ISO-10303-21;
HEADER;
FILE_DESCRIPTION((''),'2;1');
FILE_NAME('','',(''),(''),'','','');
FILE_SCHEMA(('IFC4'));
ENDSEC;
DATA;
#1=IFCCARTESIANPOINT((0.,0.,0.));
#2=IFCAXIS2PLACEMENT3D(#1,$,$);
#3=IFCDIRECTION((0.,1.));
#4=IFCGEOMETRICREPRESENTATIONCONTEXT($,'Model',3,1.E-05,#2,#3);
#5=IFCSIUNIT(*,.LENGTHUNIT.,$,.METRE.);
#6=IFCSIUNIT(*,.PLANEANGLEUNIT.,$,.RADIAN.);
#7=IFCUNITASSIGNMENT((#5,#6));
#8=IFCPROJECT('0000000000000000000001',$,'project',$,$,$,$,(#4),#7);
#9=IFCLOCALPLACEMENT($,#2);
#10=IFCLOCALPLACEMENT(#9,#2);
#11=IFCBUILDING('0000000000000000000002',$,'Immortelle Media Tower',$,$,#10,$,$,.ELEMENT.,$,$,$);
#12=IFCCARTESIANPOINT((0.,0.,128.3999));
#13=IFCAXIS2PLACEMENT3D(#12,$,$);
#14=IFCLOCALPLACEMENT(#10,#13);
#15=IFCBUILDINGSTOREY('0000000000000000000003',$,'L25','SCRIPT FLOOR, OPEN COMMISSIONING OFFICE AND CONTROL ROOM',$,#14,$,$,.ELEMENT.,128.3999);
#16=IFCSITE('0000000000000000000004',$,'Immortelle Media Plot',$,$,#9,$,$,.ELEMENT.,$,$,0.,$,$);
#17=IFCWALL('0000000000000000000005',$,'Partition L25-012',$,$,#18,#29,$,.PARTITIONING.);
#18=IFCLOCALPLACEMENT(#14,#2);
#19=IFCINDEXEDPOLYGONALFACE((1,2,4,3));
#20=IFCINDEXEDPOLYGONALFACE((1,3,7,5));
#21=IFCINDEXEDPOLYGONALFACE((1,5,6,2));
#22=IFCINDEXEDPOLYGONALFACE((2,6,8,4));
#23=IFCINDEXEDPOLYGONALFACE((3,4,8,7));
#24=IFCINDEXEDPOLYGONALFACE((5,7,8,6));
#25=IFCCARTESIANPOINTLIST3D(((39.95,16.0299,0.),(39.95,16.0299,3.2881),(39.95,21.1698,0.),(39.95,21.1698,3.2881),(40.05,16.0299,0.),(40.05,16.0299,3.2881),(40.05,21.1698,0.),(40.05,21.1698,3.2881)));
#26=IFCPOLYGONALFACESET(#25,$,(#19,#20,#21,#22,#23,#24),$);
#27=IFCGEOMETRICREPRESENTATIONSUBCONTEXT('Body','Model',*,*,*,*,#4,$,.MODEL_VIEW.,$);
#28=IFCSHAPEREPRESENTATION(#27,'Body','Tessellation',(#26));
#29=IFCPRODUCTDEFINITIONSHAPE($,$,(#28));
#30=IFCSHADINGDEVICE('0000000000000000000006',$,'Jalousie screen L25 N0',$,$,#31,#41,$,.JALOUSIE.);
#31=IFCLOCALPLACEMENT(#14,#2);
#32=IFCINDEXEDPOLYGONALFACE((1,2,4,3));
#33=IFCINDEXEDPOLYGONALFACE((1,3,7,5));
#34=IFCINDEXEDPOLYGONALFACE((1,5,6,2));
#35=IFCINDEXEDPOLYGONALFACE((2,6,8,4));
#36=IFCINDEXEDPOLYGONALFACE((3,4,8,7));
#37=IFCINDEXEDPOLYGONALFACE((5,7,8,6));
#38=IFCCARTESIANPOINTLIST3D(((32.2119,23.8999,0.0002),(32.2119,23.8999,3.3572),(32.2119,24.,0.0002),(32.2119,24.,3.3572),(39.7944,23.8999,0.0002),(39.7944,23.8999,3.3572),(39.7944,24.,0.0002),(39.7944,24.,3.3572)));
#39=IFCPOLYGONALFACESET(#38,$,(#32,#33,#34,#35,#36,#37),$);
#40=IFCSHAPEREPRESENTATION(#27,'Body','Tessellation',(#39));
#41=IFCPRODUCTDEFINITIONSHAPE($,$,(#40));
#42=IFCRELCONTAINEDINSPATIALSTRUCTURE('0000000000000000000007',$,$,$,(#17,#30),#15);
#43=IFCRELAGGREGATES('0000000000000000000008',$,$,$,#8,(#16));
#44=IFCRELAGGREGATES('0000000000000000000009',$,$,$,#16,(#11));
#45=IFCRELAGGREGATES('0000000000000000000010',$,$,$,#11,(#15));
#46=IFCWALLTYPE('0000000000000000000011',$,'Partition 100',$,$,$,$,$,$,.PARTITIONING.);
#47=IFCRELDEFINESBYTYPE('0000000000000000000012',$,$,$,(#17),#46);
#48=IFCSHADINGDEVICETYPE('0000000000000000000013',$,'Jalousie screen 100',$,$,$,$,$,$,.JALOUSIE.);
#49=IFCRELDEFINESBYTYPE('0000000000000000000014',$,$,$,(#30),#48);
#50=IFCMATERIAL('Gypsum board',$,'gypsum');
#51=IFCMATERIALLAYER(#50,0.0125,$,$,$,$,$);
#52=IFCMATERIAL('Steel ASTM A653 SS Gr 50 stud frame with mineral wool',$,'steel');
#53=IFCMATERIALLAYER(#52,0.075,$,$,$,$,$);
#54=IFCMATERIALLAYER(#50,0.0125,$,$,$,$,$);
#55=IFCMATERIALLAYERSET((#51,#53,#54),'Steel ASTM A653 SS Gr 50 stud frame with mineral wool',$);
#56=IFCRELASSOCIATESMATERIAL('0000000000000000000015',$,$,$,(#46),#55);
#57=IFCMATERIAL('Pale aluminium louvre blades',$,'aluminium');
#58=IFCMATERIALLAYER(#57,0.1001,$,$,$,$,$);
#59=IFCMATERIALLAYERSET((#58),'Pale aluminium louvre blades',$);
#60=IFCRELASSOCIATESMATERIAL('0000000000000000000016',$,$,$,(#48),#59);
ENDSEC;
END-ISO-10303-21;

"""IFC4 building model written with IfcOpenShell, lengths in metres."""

from ifc_helpers import new_model, si_unit, direction, frame, frame_2d, origin, origin_2d, place, context, subcontext, project, spatial, rectangle, extrude, material, layer, layer_set, type_object, element, save


model = new_model("IFC4")

# Units and contexts
model_context = context("Model", 3, precision=1e-05, world=origin(), true_north=direction((0.0, 1.0)))
body_context = subcontext(model_context, "Body", "Model", "MODEL_VIEW")
ifc_project = project(units=[si_unit("LENGTHUNIT", "METRE"), si_unit("PLANEANGLEUNIT", "RADIAN")], contexts=[model_context])

# Site, building, storey
site_placement = place(None, origin())
site = spatial("IfcSite", under=ifc_project, at=site_placement, Name="Immortelle Media Plot", CompositionType="ELEMENT", RefElevation=0.0)
building_placement = place(site_placement, origin())
building = spatial("IfcBuilding", under=site, at=building_placement, Name="Immortelle Media Tower", CompositionType="ELEMENT")
storey_placement = place(building_placement, frame((0.0, 0.0, 128.3999)))
storey = spatial("IfcBuildingStorey", under=building, at=storey_placement, Name="L25", Description="SCRIPT FLOOR, OPEN COMMISSIONING OFFICE AND CONTROL ROOM", CompositionType="ELEMENT", Elevation=128.3999)

# Shared definitions
ifc_material_1 = material(Name="Steel ASTM A653 SS Gr 50 stud frame with mineral wool", Category="steel")

# Wall
ifc_material_2 = material(Name="Gypsum board", Category="gypsum")
ifc_layer_1 = layer(ifc_material_2, 0.0125)
ifc_layer_2 = layer(ifc_material_1, 0.075)
ifc_layer_3 = layer(ifc_material_2, 0.0125)
ifc_layer_set_1 = layer_set([ifc_layer_1, ifc_layer_2, ifc_layer_3], Name="Steel ASTM A653 SS Gr 50 stud frame with mineral wool")
wall_type_1 = type_object("IfcWallType", Name="Partition 100", PredefinedType="PARTITIONING", material=ifc_layer_set_1)
wall_1_placement = place(storey_placement, frame((40.0, 16.03, 0.0), z_axis=(0.0, 0.0, 1.0), x_axis=(0.0, 1.0, 0.0)))
element("IfcWall", 1, at=wall_1_placement, inside=storey, type_object=wall_type_1, Name="Partition L25-012", PredefinedType="PARTITIONING", context=body_context, shape_type="SweptSolid", body=[
    extrude(rectangle(XDim=5.1399, YDim=0.1001, at=frame_2d((2.5698, 0.0))), origin(), (0.0, 0.0, 1.0), 3.2881),
])

# Shading device
ifc_material_3 = material(Name="Pale aluminium louvre blades", Category="aluminium")
ifc_layer_4 = layer(ifc_material_3, 0.1001)
ifc_layer_set_2 = layer_set([ifc_layer_4], Name="Pale aluminium louvre blades")
shading_device_type = type_object("IfcShadingDeviceType", Name="Jalousie screen 100", PredefinedType="JALOUSIE", material=ifc_layer_set_2)
shading_device_placement = place(storey_placement, frame((36.0032, 23.95, 0.0002), z_axis=(0.0, 0.0, 1.0), x_axis=(-1.0, 0.0, 0.0)))
element("IfcShadingDevice", 2, at=shading_device_placement, inside=storey, type_object=shading_device_type, Name="Jalousie screen L25 N0", PredefinedType="JALOUSIE", context=body_context, shape_type="SweptSolid", body=[
    extrude(rectangle(XDim=7.5825, YDim=0.1001, at=origin_2d()), origin(), (0.0, 0.0, 1.0), 3.3569),
])

save(model, "model.ifc")
